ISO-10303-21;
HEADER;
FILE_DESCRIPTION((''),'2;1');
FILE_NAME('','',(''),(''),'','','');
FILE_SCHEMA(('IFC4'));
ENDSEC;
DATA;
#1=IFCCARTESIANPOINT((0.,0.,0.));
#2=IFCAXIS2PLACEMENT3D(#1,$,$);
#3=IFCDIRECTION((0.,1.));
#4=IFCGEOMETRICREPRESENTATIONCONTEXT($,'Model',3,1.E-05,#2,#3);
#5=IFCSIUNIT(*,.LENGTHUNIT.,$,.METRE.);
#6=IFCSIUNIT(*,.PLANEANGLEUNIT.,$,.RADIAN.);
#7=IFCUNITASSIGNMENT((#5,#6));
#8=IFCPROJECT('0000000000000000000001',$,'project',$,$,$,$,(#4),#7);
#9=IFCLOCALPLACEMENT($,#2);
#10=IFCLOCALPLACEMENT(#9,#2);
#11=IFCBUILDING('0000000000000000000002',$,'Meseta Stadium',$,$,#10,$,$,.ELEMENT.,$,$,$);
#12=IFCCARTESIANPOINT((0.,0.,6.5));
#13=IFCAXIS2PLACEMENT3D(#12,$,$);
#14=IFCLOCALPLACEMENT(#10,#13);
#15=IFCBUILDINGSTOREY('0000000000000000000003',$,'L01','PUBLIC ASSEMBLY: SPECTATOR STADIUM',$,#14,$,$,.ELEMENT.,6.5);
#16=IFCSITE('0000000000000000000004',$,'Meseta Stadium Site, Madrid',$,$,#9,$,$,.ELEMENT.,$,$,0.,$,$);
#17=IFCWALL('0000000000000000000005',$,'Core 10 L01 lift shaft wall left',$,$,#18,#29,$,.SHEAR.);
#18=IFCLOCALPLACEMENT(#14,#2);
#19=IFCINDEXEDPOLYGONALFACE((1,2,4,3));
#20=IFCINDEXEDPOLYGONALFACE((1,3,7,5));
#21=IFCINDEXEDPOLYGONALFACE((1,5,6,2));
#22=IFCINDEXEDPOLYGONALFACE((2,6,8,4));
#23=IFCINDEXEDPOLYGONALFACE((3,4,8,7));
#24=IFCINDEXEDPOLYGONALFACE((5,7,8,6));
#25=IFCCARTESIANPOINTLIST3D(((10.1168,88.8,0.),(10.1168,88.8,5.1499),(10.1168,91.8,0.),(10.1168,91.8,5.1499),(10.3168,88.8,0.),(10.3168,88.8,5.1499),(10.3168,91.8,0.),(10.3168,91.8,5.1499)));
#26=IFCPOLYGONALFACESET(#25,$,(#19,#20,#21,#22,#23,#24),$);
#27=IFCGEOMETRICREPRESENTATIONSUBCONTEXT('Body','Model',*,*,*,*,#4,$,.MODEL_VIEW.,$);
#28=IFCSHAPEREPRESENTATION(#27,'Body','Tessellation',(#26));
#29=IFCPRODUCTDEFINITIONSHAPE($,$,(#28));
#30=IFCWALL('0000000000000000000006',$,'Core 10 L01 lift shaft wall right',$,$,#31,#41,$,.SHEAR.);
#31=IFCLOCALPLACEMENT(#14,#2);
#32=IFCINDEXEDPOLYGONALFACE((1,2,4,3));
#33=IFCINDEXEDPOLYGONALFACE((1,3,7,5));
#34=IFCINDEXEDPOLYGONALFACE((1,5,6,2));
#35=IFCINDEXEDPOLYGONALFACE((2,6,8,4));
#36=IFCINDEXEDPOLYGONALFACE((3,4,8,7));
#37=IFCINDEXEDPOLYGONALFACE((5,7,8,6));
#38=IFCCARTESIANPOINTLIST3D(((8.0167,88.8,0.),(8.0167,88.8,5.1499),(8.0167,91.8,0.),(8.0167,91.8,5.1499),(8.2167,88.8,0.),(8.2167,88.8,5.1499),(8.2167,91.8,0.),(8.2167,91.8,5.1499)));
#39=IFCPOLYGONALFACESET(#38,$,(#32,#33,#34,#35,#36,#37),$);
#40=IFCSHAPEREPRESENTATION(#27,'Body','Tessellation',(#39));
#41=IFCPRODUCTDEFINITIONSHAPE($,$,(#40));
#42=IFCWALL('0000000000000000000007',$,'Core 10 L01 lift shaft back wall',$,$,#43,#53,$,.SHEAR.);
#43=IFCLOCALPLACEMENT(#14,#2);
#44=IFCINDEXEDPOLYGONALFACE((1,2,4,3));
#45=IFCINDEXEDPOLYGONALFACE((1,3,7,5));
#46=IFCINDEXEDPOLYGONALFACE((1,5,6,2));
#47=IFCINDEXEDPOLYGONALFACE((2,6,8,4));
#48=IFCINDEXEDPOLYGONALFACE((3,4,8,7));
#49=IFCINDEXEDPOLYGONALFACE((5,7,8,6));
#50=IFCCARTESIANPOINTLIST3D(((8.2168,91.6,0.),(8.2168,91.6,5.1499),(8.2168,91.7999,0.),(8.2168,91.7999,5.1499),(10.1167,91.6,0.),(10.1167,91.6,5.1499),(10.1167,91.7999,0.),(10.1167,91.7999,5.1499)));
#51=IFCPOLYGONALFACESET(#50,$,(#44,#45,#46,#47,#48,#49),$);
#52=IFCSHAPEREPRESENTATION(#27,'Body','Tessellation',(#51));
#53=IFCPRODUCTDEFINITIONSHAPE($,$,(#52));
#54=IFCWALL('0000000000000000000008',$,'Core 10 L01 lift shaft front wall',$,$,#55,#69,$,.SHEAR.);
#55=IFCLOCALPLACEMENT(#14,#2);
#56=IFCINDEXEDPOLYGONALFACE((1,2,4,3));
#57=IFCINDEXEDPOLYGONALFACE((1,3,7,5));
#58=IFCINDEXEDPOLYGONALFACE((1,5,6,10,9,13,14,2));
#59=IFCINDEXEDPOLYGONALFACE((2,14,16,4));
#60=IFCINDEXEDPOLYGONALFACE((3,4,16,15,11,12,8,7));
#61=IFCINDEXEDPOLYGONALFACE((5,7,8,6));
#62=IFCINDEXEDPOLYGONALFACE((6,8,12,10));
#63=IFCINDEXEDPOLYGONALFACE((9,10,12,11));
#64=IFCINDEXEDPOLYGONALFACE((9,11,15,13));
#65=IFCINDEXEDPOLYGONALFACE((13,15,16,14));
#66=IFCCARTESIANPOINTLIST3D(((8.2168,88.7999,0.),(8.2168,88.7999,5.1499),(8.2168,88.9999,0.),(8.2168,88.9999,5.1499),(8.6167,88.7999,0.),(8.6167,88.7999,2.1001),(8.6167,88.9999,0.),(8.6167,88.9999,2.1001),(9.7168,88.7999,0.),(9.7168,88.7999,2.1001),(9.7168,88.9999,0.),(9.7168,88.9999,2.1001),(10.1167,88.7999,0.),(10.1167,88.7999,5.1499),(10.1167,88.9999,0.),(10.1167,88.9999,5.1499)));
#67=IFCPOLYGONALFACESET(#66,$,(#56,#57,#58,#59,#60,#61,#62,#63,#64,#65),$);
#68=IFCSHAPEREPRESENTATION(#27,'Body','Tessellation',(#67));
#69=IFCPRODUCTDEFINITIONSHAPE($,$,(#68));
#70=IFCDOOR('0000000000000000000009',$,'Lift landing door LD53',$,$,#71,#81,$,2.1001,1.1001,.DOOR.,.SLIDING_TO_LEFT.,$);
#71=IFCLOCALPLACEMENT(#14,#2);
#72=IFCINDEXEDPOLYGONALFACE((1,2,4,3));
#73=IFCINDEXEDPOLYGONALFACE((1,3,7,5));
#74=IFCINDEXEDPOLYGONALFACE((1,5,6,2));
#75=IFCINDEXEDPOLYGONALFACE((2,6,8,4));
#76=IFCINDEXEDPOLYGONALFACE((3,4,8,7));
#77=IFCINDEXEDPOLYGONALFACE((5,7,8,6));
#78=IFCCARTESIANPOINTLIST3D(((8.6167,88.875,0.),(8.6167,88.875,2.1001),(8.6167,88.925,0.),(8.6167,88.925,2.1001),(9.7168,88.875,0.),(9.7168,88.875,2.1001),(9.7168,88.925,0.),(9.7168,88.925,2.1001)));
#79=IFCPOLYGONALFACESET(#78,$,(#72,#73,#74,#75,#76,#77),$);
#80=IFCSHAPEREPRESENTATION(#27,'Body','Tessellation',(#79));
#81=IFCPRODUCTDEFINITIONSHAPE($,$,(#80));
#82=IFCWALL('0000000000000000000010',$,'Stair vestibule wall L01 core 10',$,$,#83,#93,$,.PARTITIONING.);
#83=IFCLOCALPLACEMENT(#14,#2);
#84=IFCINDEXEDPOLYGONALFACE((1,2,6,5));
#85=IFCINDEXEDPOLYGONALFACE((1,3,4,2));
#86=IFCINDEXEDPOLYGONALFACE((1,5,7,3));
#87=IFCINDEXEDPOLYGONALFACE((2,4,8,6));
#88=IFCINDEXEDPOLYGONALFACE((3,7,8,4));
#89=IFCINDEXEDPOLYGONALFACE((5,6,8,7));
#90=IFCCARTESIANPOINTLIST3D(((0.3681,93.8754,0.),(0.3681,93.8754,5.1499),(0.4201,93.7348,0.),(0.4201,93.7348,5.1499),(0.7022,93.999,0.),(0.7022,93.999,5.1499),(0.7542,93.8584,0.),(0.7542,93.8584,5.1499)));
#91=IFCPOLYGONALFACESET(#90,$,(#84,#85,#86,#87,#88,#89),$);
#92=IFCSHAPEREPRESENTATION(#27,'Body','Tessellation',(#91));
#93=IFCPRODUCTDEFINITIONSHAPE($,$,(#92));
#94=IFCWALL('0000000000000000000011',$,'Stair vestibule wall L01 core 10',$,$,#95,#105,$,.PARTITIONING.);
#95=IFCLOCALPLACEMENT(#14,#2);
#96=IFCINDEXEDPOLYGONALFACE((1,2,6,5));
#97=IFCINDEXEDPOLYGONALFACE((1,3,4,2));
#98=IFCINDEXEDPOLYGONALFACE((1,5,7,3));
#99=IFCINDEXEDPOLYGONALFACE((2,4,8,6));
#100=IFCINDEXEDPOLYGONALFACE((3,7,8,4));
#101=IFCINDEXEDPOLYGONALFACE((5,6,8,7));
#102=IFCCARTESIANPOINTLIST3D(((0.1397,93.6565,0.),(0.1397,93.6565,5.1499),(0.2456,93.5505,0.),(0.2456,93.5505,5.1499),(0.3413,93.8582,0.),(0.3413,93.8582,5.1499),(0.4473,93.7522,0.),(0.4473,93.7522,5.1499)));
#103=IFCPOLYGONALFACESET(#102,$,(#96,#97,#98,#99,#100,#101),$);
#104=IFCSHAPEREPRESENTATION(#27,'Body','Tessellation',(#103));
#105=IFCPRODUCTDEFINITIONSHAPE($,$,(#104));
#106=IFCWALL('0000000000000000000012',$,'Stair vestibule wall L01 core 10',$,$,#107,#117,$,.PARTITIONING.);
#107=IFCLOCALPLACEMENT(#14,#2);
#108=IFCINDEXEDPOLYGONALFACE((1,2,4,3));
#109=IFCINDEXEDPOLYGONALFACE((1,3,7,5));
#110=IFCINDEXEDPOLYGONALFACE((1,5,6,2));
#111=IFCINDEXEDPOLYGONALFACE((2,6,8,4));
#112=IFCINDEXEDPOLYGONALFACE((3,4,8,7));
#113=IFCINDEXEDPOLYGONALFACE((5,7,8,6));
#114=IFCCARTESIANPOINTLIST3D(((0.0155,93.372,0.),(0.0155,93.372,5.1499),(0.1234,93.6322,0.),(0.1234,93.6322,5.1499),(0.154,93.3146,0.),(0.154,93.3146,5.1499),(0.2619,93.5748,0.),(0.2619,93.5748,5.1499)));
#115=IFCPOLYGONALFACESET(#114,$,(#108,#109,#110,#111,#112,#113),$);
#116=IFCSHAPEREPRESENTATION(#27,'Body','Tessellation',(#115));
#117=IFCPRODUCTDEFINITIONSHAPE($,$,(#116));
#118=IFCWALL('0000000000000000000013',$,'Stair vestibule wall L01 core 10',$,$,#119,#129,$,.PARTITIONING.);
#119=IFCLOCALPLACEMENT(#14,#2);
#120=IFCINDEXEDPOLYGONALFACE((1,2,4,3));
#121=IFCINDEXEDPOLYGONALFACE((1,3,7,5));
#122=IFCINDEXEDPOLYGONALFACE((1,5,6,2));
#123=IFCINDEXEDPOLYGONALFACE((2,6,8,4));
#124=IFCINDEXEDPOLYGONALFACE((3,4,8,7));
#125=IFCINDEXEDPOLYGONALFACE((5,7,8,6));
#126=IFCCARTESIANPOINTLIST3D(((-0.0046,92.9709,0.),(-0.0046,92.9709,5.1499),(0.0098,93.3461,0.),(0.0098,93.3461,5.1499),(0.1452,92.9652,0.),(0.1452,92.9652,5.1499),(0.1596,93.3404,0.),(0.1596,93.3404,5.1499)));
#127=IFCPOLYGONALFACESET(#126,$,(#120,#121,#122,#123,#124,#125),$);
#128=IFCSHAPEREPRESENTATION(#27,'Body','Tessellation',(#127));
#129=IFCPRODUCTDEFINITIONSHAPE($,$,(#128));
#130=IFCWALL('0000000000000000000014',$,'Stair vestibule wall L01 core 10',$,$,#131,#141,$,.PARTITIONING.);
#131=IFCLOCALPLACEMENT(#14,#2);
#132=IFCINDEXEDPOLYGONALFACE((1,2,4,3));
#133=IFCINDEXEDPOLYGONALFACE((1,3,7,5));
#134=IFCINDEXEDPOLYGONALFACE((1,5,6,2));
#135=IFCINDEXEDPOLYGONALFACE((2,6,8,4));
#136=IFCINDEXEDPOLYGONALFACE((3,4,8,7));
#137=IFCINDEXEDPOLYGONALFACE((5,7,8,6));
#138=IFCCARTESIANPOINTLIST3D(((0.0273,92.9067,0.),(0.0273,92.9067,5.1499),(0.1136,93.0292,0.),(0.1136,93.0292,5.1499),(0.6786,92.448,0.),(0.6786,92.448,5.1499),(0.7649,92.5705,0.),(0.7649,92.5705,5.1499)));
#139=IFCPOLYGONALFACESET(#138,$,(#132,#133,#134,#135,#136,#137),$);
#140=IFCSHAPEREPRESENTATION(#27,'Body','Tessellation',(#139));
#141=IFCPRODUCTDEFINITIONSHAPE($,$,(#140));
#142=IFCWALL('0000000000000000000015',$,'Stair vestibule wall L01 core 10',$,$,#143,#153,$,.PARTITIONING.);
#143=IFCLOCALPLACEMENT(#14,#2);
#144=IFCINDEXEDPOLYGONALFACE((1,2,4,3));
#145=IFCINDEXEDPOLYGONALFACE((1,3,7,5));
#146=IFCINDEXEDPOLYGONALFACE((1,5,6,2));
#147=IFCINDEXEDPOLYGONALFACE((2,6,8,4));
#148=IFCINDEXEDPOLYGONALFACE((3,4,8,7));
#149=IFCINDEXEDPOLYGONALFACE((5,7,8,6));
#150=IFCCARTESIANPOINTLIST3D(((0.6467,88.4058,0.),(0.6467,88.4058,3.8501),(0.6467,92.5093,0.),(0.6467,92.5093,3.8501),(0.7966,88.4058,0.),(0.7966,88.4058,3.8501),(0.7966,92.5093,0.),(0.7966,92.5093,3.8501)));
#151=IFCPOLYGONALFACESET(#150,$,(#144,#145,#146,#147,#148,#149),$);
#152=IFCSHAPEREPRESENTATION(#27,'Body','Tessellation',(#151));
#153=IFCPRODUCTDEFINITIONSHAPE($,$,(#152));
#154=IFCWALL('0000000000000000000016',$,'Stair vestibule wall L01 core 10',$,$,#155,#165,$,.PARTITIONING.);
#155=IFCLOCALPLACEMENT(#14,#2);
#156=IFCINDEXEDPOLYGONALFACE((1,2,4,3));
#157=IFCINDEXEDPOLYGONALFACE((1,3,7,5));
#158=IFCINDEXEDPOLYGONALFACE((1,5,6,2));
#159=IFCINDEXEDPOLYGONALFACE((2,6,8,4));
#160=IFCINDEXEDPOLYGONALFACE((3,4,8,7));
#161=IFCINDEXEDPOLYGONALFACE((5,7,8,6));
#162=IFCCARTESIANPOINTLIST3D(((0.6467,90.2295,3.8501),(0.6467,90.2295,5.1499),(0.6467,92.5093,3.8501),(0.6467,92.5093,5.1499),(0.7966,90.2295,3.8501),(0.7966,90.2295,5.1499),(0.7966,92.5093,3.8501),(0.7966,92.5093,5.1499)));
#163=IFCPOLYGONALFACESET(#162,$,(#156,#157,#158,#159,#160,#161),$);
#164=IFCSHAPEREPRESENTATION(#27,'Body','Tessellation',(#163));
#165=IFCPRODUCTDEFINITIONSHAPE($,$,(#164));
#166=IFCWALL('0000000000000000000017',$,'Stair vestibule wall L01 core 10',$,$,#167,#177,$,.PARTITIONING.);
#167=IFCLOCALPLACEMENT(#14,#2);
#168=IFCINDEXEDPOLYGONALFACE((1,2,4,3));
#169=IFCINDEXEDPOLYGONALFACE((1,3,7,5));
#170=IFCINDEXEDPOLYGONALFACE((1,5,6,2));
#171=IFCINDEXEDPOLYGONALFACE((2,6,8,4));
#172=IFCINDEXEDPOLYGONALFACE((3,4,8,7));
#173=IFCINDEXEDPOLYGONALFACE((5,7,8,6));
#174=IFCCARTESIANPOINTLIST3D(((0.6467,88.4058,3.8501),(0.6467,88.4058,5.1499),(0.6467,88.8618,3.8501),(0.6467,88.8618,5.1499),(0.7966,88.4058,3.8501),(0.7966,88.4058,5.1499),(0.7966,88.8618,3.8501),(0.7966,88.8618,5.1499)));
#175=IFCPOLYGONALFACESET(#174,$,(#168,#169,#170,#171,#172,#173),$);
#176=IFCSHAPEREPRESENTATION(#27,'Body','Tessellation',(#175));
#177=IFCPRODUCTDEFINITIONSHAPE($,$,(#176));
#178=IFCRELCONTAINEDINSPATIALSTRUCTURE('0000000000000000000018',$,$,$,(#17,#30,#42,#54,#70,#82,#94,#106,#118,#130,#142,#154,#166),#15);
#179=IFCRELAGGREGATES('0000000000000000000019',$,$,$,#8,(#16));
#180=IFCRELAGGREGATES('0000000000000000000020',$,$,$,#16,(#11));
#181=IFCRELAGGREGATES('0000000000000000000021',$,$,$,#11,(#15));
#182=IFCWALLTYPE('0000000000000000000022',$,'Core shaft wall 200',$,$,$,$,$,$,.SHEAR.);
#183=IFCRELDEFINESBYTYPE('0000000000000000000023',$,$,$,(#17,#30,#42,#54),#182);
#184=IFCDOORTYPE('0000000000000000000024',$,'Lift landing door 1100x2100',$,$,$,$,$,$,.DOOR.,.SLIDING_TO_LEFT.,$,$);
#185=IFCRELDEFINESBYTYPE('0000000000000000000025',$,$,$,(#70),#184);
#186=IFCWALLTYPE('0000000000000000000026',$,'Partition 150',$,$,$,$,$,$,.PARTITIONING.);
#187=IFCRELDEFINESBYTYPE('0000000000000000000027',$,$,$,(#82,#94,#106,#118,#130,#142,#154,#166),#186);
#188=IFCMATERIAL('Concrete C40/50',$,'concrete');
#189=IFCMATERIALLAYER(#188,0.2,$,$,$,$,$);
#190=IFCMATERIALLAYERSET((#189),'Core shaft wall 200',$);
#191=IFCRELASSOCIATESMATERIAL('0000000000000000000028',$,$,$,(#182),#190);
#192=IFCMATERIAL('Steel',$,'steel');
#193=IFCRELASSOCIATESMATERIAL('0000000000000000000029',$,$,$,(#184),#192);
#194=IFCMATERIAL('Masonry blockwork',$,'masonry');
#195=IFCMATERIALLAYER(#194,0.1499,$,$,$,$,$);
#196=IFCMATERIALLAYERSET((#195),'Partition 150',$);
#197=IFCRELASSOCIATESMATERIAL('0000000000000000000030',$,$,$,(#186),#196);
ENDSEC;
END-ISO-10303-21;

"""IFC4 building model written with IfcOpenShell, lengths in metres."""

from ifc_helpers import new_model, si_unit, direction, frame, frame_2d, origin, place, context, subcontext, project, spatial, rectangle, extrude, material, layer, layer_set, type_object, element, fill, save


model = new_model("IFC4")

# Units and contexts
model_context = context("Model", 3, precision=1e-05, world=origin(), true_north=direction((0.0, 1.0)))
body_context = subcontext(model_context, "Body", "Model", "MODEL_VIEW")
ifc_project = project(units=[si_unit("LENGTHUNIT", "METRE"), si_unit("PLANEANGLEUNIT", "RADIAN")], contexts=[model_context])

# Site, building, storey
site_placement = place(None, origin())
site = spatial("IfcSite", under=ifc_project, at=site_placement, Name="Meseta Stadium Site, Madrid", CompositionType="ELEMENT", RefElevation=0.0)
building_placement = place(site_placement, origin())
building = spatial("IfcBuilding", under=site, at=building_placement, Name="Meseta Stadium", CompositionType="ELEMENT")
storey_placement = place(building_placement, frame((0.0, 0.0, 6.5)))
storey = spatial("IfcBuildingStorey", under=building, at=storey_placement, Name="L01", Description="PUBLIC ASSEMBLY: SPECTATOR STADIUM", CompositionType="ELEMENT", Elevation=6.5)

# Shared definitions
ifc_material_1 = material(Name="Concrete C40/50", Category="concrete")
ifc_layer_1 = layer(ifc_material_1, 0.2)
ifc_layer_set_1 = layer_set([ifc_layer_1], Name="Core shaft wall 200")
wall_type_1 = type_object("IfcWallType", Name="Core shaft wall 200", PredefinedType="SHEAR", material=ifc_layer_set_1)

# Walls
for number, where, z_axis, x_axis, name in (
    (1, (10.2168, 91.8, 0.0), (0.0, 0.0, 1.0), (0.0, -1.0, 0.0), "Core 10 L01 lift shaft wall left"),
    (2, (8.1167, 91.8, 0.0), (0.0, 0.0, 1.0), (0.0, -1.0, 0.0), "Core 10 L01 lift shaft wall right"),
):
    element("IfcWall", number, at=place(storey_placement, frame(where, z_axis=z_axis, x_axis=x_axis)), inside=storey, type_object=wall_type_1, Name=name, PredefinedType="SHEAR", context=body_context, shape_type="SweptSolid", body=[
        extrude(rectangle(XDim=3.0, YDim=0.2, at=frame_2d((1.5, 0.0))), origin(), (0.0, 0.0, 1.0), 5.1499),
    ])
wall_1_placement = place(storey_placement, frame((10.1167, 91.7, 0.0), z_axis=(0.0, 0.0, 1.0), x_axis=(-1.0, 0.0, 0.0)))
element("IfcWall", 3, at=wall_1_placement, inside=storey, type_object=wall_type_1, Name="Core 10 L01 lift shaft back wall", PredefinedType="SHEAR", context=body_context, shape_type="SweptSolid", body=[
    extrude(rectangle(XDim=1.8999, YDim=0.2, at=frame_2d((0.95, 0.0))), origin(), (0.0, 0.0, 1.0), 5.1499),
])

# Wall, opening, door
wall_2_placement = place(storey_placement, frame((10.1167, 88.8999, 0.0), z_axis=(0.0, 0.0, 1.0), x_axis=(-1.0, 0.0, 0.0)))
wall_2 = element("IfcWall", 4, at=wall_2_placement, inside=storey, type_object=wall_type_1, Name="Core 10 L01 lift shaft front wall", PredefinedType="SHEAR", context=body_context, shape_type="SweptSolid", body=[
    extrude(rectangle(XDim=1.8999, YDim=0.2, at=frame_2d((0.95, 0.0))), origin(), (0.0, 0.0, 1.0), 5.1499),
])
opening_1_placement = place(wall_2_placement, frame((0.3999, 0.0, 0.0)))
opening_1 = element("IfcOpeningElement", 5, at=opening_1_placement, cuts=wall_2, PredefinedType="OPENING", context=body_context, shape_type="SweptSolid", body=[
    extrude(rectangle(XDim=1.1001, YDim=2.1001, at=frame_2d((0.55, 1.05))), frame((0.0, 0.1099, 0.0), z_axis=(0.0, -1.0, 0.0), x_axis=(1.0, 0.0, 0.0)), (0.0, 0.0, 1.0), 0.22),
])
ifc_material_2 = material(Name="Steel", Category="steel")
door_type_1 = type_object("IfcDoorType", Name="Lift landing door 1100x2100", OperationType="SLIDING_TO_LEFT", PredefinedType="DOOR", material=ifc_material_2)
door_1_placement = place(opening_1_placement, origin())
door_1 = element("IfcDoor", 6, at=door_1_placement, inside=storey, type_object=door_type_1, Name="Lift landing door LD53", OperationType="SLIDING_TO_LEFT", OverallHeight=2.1001, OverallWidth=1.1001, PredefinedType="DOOR", context=body_context, shape_type="SweptSolid", body=[
    extrude(rectangle(XDim=1.1001, YDim=2.1001, at=frame_2d((0.55, 1.05))), frame((0.0, 0.0249, 0.0), z_axis=(0.0, -1.0, 0.0), x_axis=(1.0, 0.0, 0.0)), (0.0, 0.0, 1.0), 0.05),
])
fill(opening_1, door_1)

# Walls
ifc_material_3 = material(Name="Masonry blockwork", Category="masonry")
ifc_layer_2 = layer(ifc_material_3, 0.1499)
ifc_layer_set_2 = layer_set([ifc_layer_2], Name="Partition 150")
wall_type_2 = type_object("IfcWallType", Name="Partition 150", PredefinedType="PARTITIONING", material=ifc_layer_set_2)
wall_3_placement = place(storey_placement, frame((0.7283, 93.9287, 0.0), z_axis=(0.0, 0.0, 1.0), x_axis=(-0.937898, -0.346912, 0.0)))
element("IfcWall", 7, at=wall_3_placement, inside=storey, type_object=wall_type_2, Name="Stair vestibule wall L01 core 10", PredefinedType="PARTITIONING", context=body_context, shape_type="SweptSolid", body=[
    extrude(rectangle(XDim=0.3562, YDim=0.1499, at=frame_2d((0.1782, 0.0))), origin(), (0.0, 0.0, 1.0), 5.1499),
])
wall_4_placement = place(storey_placement, frame((0.3943, 93.8052, 0.0), z_axis=(0.0, 0.0, 1.0), x_axis=(-0.707107, -0.707107, 0.0)))
element("IfcWall", 8, at=wall_4_placement, inside=storey, type_object=wall_type_2, Name="Stair vestibule wall L01 core 10", PredefinedType="PARTITIONING", context=body_context, shape_type="SweptSolid", body=[
    extrude(rectangle(XDim=0.2852, YDim=0.1499, at=frame_2d((0.1426, 0.0))), origin(), (0.0, 0.0, 1.0), 5.1499),
])
wall_5_placement = place(storey_placement, frame((0.1926, 93.6035, 0.0), z_axis=(0.0, 0.0, 1.0), x_axis=(-0.383015, -0.923742, 0.0)))
element("IfcWall", 9, at=wall_5_placement, inside=storey, type_object=wall_type_2, Name="Stair vestibule wall L01 core 10", PredefinedType="PARTITIONING", context=body_context, shape_type="SweptSolid", body=[
    extrude(rectangle(XDim=0.2817, YDim=0.1499, at=frame_2d((0.1409, 0.0))), origin(), (0.0, 0.0, 1.0), 5.1499),
])
wall_6_placement = place(storey_placement, frame((0.0847, 93.3433, 0.0), z_axis=(0.0, 0.0, 1.0), x_axis=(-0.038358, -0.999264, 0.0)))
element("IfcWall", 10, at=wall_6_placement, inside=storey, type_object=wall_type_2, Name="Stair vestibule wall L01 core 10", PredefinedType="PARTITIONING", context=body_context, shape_type="SweptSolid", body=[
    extrude(rectangle(XDim=0.3755, YDim=0.1499, at=frame_2d((0.1877, 0.0))), origin(), (0.0, 0.0, 1.0), 5.1499),
])
wall_7_placement = place(storey_placement, frame((0.0703, 92.968, 0.0), z_axis=(0.0, 0.0, 1.0), x_axis=(0.817587, -0.575805, 0.0)))
element("IfcWall", 11, at=wall_7_placement, inside=storey, type_object=wall_type_2, Name="Stair vestibule wall L01 core 10", PredefinedType="PARTITIONING", context=body_context, shape_type="SweptSolid", body=[
    extrude(rectangle(XDim=0.7966, YDim=0.1499, at=frame_2d((0.3984, 0.0))), origin(), (0.0, 0.0, 1.0), 5.1499),
])
wall_8_placement = place(storey_placement, frame((0.7217, 92.5093, 0.0), z_axis=(0.0, 0.0, 1.0), x_axis=(0.0, -1.0, 0.0)))
element("IfcWall", 12, at=wall_8_placement, inside=storey, type_object=wall_type_2, Name="Stair vestibule wall L01 core 10", PredefinedType="PARTITIONING", context=body_context, shape_type="SweptSolid", body=[
    extrude(rectangle(XDim=4.1035, YDim=0.1499, at=frame_2d((2.0518, 0.0))), origin(), (0.0, 0.0, 1.0), 3.8501),
])
wall_9_placement = place(storey_placement, frame((0.7217, 92.5093, 3.8501), z_axis=(0.0, 0.0, 1.0), x_axis=(0.0, -1.0, 0.0)))
element("IfcWall", 13, at=wall_9_placement, inside=storey, type_object=wall_type_2, Name="Stair vestibule wall L01 core 10", PredefinedType="PARTITIONING", context=body_context, shape_type="SweptSolid", body=[
    extrude(rectangle(XDim=2.2798, YDim=0.1499, at=frame_2d((1.1399, 0.0))), origin(), (0.0, 0.0, 1.0), 1.2998),
])
wall_10_placement = place(storey_placement, frame((0.7217, 88.8618, 3.8501), z_axis=(0.0, 0.0, 1.0), x_axis=(0.0, -1.0, 0.0)))
element("IfcWall", 14, at=wall_10_placement, inside=storey, type_object=wall_type_2, Name="Stair vestibule wall L01 core 10", PredefinedType="PARTITIONING", context=body_context, shape_type="SweptSolid", body=[
    extrude(rectangle(XDim=0.4561, YDim=0.1499, at=frame_2d((0.228, 0.0))), origin(), (0.0, 0.0, 1.0), 1.2998),
])

save(model, "model.ifc")
